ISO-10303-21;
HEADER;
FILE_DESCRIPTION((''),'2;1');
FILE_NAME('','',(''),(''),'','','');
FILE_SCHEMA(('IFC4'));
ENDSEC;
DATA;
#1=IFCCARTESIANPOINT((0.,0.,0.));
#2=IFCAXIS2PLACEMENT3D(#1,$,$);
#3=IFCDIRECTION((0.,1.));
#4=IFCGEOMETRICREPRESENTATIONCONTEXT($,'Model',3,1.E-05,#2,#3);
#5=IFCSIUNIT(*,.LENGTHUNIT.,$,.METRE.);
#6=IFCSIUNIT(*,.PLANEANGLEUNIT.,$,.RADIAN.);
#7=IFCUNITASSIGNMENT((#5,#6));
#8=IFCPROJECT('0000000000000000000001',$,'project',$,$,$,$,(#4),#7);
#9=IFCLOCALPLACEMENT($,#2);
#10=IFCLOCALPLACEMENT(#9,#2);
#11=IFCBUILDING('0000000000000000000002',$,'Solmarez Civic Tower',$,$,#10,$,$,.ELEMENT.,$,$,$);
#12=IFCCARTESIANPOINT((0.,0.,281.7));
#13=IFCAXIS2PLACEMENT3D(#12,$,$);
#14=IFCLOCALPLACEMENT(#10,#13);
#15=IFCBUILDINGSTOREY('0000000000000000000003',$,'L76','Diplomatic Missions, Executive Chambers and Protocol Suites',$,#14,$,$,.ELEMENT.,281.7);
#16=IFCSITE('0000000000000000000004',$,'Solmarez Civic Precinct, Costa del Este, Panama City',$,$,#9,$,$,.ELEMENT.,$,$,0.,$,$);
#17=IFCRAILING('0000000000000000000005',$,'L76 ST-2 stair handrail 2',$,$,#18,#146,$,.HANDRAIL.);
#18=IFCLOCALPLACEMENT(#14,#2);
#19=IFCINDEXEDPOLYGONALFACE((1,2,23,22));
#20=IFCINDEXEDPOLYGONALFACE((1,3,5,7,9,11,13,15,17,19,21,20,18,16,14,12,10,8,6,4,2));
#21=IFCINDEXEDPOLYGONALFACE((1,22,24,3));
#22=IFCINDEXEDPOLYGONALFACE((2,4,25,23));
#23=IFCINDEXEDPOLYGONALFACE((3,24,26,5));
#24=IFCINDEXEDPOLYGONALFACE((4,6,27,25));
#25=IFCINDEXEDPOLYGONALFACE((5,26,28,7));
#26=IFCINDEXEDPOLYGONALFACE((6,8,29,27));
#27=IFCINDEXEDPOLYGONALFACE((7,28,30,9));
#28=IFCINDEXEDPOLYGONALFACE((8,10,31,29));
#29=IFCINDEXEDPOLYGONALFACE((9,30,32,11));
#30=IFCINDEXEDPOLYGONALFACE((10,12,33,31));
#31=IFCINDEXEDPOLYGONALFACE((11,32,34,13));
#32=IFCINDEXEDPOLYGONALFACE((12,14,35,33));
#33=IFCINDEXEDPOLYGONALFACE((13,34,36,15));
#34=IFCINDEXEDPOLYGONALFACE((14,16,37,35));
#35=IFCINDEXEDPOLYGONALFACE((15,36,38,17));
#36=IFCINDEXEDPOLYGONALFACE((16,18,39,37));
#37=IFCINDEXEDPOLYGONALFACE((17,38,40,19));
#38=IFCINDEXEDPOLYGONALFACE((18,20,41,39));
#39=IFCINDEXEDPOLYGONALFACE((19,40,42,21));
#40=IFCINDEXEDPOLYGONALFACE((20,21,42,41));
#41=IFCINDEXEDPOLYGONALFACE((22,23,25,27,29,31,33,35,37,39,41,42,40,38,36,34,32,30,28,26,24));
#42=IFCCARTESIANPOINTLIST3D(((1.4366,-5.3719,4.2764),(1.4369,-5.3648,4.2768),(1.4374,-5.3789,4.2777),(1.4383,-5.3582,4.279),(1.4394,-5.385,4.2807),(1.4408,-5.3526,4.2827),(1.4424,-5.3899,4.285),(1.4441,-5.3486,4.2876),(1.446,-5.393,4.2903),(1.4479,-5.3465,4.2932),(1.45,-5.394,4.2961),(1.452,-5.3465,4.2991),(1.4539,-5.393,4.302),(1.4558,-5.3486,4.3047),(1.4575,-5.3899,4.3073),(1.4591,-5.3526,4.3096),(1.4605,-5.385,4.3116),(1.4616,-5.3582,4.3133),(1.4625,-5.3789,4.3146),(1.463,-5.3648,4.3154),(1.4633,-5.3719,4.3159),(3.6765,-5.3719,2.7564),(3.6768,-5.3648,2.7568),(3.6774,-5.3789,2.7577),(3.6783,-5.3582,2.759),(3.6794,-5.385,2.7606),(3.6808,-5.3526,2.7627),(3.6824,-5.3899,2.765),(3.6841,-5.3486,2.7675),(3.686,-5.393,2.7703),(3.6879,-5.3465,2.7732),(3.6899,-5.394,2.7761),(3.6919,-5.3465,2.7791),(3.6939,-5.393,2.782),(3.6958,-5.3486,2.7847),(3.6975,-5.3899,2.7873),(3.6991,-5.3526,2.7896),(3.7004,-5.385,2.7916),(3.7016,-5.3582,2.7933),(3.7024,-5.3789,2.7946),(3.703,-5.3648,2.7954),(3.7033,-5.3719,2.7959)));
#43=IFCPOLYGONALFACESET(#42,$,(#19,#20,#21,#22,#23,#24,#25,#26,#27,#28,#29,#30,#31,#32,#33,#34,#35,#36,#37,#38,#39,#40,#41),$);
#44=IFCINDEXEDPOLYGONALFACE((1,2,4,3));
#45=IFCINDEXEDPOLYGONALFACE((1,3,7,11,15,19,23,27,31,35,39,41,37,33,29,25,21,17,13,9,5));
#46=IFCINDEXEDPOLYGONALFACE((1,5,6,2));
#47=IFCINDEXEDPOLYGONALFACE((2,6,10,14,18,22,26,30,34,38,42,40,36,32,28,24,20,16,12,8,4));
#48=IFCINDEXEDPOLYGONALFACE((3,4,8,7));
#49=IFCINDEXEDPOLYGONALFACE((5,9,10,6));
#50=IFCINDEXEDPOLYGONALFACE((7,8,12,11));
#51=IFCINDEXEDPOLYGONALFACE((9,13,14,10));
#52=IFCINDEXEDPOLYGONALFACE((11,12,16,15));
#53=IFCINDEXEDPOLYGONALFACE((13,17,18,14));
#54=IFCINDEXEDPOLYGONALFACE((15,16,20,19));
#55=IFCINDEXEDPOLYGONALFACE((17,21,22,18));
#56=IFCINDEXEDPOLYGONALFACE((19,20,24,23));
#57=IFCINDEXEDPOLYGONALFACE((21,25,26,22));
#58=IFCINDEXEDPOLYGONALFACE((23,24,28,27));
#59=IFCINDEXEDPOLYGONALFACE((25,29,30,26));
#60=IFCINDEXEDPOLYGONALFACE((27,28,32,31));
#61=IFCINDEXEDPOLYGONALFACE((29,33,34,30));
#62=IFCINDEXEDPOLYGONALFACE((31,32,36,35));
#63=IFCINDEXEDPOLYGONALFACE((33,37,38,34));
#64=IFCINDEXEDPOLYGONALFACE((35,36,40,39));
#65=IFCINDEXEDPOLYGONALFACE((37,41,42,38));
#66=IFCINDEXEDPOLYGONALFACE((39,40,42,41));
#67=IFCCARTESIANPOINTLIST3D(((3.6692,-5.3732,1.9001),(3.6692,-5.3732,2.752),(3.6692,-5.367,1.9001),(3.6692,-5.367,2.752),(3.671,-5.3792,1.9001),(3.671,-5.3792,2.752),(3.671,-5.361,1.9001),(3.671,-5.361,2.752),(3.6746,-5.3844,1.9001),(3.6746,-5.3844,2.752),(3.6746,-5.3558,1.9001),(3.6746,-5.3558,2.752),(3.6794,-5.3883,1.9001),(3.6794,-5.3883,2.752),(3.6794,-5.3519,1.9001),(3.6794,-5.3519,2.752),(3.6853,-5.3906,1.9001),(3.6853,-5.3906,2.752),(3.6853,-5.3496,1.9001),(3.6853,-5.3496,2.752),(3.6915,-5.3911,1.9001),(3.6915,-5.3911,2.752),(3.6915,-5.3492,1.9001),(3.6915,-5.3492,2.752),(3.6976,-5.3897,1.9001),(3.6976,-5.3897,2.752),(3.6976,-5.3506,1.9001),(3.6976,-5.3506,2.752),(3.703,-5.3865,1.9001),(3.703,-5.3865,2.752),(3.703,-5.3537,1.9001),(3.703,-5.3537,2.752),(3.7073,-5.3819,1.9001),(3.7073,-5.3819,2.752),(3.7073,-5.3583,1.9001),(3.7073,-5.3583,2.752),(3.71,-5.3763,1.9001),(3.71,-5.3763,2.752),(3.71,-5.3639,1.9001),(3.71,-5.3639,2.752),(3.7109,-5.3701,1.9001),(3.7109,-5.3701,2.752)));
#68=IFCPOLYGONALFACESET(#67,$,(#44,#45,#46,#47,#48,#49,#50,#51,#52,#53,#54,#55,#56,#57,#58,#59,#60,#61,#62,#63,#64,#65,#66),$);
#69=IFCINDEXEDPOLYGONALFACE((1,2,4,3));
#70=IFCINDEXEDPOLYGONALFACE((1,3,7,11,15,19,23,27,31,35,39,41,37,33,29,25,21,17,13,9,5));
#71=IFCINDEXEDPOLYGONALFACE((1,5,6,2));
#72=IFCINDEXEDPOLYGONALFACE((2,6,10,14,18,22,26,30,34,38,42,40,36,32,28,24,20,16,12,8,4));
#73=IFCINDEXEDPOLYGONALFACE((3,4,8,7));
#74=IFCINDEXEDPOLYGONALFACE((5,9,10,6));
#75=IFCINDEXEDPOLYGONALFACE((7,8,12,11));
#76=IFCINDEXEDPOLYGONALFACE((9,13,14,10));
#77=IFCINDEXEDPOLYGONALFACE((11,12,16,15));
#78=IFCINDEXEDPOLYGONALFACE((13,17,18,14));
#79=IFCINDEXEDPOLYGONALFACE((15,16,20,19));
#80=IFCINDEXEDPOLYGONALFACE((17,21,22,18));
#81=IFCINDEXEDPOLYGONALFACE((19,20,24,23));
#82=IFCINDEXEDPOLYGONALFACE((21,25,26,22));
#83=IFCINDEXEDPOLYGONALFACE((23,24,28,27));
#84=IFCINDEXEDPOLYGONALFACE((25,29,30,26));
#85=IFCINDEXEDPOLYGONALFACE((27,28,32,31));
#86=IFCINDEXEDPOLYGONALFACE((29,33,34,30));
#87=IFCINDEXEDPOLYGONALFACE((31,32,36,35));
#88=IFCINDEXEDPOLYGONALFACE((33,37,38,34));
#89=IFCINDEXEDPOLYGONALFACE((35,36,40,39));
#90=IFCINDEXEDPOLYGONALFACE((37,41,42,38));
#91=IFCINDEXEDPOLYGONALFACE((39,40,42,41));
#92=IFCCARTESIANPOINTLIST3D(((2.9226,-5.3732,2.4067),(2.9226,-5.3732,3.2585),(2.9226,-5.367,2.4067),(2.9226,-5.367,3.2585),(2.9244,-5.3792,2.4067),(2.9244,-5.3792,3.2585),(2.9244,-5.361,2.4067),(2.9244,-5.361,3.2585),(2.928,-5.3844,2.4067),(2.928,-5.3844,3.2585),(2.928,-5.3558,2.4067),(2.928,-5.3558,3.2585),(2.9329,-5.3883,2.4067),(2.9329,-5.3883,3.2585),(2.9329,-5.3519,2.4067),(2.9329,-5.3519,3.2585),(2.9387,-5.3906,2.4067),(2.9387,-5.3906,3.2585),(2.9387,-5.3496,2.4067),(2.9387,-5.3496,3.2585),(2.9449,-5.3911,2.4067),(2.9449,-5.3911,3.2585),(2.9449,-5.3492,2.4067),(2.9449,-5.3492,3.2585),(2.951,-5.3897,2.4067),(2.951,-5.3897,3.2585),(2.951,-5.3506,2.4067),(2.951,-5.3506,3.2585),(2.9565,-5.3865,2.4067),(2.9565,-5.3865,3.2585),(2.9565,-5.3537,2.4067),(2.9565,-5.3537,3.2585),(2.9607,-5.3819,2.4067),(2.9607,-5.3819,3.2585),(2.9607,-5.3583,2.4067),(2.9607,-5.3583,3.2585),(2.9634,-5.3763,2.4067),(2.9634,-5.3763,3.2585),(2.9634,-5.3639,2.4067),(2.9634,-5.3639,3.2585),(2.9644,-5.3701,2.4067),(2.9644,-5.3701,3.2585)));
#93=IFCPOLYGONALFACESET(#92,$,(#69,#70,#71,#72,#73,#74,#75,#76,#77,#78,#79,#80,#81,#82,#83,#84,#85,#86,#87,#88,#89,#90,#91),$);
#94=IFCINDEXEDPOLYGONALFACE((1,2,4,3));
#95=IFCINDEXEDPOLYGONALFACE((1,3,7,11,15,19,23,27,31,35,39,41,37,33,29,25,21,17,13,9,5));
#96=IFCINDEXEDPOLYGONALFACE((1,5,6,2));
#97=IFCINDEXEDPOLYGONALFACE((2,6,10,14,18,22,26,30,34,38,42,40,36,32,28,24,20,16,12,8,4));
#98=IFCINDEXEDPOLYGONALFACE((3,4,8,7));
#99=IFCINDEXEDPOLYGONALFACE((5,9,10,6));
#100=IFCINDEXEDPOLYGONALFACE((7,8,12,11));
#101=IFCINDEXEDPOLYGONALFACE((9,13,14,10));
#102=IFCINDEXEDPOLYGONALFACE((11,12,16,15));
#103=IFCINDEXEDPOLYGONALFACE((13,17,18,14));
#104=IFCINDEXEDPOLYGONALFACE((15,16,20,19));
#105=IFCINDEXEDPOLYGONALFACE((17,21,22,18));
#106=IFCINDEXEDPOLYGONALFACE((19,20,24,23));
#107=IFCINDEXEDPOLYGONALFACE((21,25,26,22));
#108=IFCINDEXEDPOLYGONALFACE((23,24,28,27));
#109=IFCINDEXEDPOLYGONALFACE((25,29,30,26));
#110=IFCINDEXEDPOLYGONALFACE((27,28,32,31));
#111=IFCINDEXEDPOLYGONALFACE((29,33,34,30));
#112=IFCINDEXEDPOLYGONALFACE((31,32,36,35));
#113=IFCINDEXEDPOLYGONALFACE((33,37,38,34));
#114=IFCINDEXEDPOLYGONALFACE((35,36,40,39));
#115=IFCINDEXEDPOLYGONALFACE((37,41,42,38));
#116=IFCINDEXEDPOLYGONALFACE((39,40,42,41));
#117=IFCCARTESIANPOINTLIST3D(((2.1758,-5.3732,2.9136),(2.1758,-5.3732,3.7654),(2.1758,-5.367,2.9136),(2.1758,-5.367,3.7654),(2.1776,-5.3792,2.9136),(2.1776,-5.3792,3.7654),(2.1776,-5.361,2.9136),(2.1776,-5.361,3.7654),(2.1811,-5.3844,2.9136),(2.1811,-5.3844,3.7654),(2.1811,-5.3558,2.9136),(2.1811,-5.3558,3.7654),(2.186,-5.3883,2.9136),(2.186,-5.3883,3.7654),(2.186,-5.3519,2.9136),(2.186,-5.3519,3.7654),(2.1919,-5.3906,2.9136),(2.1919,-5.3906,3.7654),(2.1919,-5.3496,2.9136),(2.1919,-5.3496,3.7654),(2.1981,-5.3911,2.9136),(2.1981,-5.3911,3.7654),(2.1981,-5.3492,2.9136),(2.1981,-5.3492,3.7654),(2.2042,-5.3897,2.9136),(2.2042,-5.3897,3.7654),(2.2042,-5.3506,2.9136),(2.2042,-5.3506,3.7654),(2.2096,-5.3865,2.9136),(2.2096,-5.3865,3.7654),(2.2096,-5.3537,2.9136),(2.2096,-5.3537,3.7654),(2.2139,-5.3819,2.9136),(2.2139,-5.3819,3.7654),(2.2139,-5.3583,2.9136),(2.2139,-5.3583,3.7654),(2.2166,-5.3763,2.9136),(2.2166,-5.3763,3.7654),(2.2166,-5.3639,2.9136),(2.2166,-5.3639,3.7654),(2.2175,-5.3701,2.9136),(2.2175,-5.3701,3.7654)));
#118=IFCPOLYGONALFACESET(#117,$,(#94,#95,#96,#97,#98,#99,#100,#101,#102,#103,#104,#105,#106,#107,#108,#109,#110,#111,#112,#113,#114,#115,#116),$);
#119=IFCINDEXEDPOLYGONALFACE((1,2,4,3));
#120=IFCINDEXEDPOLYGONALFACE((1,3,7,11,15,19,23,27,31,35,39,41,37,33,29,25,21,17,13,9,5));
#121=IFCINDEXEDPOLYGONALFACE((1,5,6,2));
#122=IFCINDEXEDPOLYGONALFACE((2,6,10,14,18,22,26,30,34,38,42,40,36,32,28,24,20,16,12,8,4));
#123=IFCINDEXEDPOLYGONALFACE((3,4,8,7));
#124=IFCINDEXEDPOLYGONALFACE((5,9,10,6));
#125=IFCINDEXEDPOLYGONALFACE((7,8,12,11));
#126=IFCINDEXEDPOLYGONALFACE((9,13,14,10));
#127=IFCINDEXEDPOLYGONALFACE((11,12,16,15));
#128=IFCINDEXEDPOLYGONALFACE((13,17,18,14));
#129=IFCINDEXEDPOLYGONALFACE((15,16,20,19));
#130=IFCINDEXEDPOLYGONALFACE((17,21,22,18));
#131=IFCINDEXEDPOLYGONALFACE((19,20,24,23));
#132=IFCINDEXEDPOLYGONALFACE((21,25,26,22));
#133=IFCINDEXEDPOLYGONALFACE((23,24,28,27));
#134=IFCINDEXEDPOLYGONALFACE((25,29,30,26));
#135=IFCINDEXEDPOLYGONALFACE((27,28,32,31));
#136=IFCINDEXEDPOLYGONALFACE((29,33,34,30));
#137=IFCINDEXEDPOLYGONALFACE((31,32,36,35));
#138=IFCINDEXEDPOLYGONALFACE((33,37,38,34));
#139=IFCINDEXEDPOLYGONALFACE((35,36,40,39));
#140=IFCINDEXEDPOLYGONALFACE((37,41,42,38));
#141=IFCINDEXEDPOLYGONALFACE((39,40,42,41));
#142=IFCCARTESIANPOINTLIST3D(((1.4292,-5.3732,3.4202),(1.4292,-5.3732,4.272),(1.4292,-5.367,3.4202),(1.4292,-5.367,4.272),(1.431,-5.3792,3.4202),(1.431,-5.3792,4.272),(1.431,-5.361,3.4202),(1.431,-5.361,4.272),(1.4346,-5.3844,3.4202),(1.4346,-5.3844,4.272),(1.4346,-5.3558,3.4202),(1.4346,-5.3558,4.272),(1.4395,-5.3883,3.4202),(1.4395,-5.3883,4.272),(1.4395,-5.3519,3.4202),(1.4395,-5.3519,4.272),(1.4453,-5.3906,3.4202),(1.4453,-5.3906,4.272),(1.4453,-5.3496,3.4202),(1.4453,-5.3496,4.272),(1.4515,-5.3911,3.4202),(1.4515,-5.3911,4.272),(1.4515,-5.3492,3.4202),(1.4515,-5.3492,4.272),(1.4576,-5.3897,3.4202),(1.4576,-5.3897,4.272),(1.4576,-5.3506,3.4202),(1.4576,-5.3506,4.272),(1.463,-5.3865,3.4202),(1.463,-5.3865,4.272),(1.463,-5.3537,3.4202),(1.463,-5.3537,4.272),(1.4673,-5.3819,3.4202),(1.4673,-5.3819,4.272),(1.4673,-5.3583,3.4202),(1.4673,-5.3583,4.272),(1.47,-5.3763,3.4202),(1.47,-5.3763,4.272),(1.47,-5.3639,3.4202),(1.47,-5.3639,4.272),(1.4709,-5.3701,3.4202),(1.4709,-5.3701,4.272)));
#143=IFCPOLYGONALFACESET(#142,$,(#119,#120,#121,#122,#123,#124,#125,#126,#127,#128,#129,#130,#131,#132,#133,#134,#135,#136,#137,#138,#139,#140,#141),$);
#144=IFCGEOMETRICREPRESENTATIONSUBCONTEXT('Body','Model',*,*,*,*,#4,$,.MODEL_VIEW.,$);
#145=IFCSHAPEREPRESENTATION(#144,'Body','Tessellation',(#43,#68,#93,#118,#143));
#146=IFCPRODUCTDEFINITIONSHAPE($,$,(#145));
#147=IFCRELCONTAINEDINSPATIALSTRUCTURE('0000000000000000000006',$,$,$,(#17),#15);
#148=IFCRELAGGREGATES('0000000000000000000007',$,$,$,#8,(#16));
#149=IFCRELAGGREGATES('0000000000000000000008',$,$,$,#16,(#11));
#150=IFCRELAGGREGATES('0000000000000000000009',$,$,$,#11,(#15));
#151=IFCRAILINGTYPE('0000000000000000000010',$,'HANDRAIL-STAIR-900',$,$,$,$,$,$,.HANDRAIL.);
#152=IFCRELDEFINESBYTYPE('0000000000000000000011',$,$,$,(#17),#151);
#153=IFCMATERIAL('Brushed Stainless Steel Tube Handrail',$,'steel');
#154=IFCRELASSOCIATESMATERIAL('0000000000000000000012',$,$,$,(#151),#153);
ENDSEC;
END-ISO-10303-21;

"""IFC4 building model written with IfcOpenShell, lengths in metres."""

from ifc_helpers import new_model, si_unit, direction, frame, origin, origin_2d, place, context, subcontext, project, spatial, circle, extrude, material, type_object, element, save


model = new_model("IFC4")

# Units and contexts
model_context = context("Model", 3, precision=1e-05, world=origin(), true_north=direction((0.0, 1.0)))
body_context = subcontext(model_context, "Body", "Model", "MODEL_VIEW")
ifc_project = project(units=[si_unit("LENGTHUNIT", "METRE"), si_unit("PLANEANGLEUNIT", "RADIAN")], contexts=[model_context])

# Site, building, storey
site_placement = place(None, origin())
site = spatial("IfcSite", under=ifc_project, at=site_placement, Name="Solmarez Civic Precinct, Costa del Este, Panama City", CompositionType="ELEMENT", RefElevation=0.0)
building_placement = place(site_placement, origin())
building = spatial("IfcBuilding", under=site, at=building_placement, Name="Solmarez Civic Tower", CompositionType="ELEMENT")
storey_placement = place(building_placement, frame((0.0, 0.0, 281.7)))
storey = spatial("IfcBuildingStorey", under=building, at=storey_placement, Name="L76", Description="Diplomatic Missions, Executive Chambers and Protocol Suites", CompositionType="ELEMENT", Elevation=281.7)

# Railing
ifc_material_1 = material(Name="Brushed Stainless Steel Tube Handrail", Category="steel")
railing_type_1 = type_object("IfcRailingType", Name="HANDRAIL-STAIR-900", PredefinedType="HANDRAIL", material=ifc_material_1)
railing_1_placement = place(storey_placement, frame((3.6899, -5.3701, 1.9001)))
element("IfcRailing", 1, at=railing_1_placement, inside=storey, type_object=railing_type_1, Name="L76 ST-2 stair handrail 2", PredefinedType="HANDRAIL", context=body_context, shape_type="SweptSolid", body=[
    extrude(circle(Radius=0.0239, at=origin_2d()), frame((0.0, 0.0, 0.876), z_axis=(-0.827471, 0.0, 0.561508), x_axis=(0.0, -1.0, 0.0)), (0.0, 0.0, 1.0), 2.707),
    extrude(circle(Radius=0.021, at=origin_2d()), origin(), (0.0, 0.0, 1.0), 0.8518),
    extrude(circle(Radius=0.021, at=origin_2d()), frame((-0.7466, 0.0, 0.5066)), (0.0, 0.0, 1.0), 0.8518),
    extrude(circle(Radius=0.021, at=origin_2d()), frame((-1.4934, 0.0, 1.0134)), (0.0, 0.0, 1.0), 0.8518),
    extrude(circle(Radius=0.021, at=origin_2d()), frame((-2.24, 0.0, 1.52)), (0.0, 0.0, 1.0), 0.8518),
])

save(model, "model.ifc")
